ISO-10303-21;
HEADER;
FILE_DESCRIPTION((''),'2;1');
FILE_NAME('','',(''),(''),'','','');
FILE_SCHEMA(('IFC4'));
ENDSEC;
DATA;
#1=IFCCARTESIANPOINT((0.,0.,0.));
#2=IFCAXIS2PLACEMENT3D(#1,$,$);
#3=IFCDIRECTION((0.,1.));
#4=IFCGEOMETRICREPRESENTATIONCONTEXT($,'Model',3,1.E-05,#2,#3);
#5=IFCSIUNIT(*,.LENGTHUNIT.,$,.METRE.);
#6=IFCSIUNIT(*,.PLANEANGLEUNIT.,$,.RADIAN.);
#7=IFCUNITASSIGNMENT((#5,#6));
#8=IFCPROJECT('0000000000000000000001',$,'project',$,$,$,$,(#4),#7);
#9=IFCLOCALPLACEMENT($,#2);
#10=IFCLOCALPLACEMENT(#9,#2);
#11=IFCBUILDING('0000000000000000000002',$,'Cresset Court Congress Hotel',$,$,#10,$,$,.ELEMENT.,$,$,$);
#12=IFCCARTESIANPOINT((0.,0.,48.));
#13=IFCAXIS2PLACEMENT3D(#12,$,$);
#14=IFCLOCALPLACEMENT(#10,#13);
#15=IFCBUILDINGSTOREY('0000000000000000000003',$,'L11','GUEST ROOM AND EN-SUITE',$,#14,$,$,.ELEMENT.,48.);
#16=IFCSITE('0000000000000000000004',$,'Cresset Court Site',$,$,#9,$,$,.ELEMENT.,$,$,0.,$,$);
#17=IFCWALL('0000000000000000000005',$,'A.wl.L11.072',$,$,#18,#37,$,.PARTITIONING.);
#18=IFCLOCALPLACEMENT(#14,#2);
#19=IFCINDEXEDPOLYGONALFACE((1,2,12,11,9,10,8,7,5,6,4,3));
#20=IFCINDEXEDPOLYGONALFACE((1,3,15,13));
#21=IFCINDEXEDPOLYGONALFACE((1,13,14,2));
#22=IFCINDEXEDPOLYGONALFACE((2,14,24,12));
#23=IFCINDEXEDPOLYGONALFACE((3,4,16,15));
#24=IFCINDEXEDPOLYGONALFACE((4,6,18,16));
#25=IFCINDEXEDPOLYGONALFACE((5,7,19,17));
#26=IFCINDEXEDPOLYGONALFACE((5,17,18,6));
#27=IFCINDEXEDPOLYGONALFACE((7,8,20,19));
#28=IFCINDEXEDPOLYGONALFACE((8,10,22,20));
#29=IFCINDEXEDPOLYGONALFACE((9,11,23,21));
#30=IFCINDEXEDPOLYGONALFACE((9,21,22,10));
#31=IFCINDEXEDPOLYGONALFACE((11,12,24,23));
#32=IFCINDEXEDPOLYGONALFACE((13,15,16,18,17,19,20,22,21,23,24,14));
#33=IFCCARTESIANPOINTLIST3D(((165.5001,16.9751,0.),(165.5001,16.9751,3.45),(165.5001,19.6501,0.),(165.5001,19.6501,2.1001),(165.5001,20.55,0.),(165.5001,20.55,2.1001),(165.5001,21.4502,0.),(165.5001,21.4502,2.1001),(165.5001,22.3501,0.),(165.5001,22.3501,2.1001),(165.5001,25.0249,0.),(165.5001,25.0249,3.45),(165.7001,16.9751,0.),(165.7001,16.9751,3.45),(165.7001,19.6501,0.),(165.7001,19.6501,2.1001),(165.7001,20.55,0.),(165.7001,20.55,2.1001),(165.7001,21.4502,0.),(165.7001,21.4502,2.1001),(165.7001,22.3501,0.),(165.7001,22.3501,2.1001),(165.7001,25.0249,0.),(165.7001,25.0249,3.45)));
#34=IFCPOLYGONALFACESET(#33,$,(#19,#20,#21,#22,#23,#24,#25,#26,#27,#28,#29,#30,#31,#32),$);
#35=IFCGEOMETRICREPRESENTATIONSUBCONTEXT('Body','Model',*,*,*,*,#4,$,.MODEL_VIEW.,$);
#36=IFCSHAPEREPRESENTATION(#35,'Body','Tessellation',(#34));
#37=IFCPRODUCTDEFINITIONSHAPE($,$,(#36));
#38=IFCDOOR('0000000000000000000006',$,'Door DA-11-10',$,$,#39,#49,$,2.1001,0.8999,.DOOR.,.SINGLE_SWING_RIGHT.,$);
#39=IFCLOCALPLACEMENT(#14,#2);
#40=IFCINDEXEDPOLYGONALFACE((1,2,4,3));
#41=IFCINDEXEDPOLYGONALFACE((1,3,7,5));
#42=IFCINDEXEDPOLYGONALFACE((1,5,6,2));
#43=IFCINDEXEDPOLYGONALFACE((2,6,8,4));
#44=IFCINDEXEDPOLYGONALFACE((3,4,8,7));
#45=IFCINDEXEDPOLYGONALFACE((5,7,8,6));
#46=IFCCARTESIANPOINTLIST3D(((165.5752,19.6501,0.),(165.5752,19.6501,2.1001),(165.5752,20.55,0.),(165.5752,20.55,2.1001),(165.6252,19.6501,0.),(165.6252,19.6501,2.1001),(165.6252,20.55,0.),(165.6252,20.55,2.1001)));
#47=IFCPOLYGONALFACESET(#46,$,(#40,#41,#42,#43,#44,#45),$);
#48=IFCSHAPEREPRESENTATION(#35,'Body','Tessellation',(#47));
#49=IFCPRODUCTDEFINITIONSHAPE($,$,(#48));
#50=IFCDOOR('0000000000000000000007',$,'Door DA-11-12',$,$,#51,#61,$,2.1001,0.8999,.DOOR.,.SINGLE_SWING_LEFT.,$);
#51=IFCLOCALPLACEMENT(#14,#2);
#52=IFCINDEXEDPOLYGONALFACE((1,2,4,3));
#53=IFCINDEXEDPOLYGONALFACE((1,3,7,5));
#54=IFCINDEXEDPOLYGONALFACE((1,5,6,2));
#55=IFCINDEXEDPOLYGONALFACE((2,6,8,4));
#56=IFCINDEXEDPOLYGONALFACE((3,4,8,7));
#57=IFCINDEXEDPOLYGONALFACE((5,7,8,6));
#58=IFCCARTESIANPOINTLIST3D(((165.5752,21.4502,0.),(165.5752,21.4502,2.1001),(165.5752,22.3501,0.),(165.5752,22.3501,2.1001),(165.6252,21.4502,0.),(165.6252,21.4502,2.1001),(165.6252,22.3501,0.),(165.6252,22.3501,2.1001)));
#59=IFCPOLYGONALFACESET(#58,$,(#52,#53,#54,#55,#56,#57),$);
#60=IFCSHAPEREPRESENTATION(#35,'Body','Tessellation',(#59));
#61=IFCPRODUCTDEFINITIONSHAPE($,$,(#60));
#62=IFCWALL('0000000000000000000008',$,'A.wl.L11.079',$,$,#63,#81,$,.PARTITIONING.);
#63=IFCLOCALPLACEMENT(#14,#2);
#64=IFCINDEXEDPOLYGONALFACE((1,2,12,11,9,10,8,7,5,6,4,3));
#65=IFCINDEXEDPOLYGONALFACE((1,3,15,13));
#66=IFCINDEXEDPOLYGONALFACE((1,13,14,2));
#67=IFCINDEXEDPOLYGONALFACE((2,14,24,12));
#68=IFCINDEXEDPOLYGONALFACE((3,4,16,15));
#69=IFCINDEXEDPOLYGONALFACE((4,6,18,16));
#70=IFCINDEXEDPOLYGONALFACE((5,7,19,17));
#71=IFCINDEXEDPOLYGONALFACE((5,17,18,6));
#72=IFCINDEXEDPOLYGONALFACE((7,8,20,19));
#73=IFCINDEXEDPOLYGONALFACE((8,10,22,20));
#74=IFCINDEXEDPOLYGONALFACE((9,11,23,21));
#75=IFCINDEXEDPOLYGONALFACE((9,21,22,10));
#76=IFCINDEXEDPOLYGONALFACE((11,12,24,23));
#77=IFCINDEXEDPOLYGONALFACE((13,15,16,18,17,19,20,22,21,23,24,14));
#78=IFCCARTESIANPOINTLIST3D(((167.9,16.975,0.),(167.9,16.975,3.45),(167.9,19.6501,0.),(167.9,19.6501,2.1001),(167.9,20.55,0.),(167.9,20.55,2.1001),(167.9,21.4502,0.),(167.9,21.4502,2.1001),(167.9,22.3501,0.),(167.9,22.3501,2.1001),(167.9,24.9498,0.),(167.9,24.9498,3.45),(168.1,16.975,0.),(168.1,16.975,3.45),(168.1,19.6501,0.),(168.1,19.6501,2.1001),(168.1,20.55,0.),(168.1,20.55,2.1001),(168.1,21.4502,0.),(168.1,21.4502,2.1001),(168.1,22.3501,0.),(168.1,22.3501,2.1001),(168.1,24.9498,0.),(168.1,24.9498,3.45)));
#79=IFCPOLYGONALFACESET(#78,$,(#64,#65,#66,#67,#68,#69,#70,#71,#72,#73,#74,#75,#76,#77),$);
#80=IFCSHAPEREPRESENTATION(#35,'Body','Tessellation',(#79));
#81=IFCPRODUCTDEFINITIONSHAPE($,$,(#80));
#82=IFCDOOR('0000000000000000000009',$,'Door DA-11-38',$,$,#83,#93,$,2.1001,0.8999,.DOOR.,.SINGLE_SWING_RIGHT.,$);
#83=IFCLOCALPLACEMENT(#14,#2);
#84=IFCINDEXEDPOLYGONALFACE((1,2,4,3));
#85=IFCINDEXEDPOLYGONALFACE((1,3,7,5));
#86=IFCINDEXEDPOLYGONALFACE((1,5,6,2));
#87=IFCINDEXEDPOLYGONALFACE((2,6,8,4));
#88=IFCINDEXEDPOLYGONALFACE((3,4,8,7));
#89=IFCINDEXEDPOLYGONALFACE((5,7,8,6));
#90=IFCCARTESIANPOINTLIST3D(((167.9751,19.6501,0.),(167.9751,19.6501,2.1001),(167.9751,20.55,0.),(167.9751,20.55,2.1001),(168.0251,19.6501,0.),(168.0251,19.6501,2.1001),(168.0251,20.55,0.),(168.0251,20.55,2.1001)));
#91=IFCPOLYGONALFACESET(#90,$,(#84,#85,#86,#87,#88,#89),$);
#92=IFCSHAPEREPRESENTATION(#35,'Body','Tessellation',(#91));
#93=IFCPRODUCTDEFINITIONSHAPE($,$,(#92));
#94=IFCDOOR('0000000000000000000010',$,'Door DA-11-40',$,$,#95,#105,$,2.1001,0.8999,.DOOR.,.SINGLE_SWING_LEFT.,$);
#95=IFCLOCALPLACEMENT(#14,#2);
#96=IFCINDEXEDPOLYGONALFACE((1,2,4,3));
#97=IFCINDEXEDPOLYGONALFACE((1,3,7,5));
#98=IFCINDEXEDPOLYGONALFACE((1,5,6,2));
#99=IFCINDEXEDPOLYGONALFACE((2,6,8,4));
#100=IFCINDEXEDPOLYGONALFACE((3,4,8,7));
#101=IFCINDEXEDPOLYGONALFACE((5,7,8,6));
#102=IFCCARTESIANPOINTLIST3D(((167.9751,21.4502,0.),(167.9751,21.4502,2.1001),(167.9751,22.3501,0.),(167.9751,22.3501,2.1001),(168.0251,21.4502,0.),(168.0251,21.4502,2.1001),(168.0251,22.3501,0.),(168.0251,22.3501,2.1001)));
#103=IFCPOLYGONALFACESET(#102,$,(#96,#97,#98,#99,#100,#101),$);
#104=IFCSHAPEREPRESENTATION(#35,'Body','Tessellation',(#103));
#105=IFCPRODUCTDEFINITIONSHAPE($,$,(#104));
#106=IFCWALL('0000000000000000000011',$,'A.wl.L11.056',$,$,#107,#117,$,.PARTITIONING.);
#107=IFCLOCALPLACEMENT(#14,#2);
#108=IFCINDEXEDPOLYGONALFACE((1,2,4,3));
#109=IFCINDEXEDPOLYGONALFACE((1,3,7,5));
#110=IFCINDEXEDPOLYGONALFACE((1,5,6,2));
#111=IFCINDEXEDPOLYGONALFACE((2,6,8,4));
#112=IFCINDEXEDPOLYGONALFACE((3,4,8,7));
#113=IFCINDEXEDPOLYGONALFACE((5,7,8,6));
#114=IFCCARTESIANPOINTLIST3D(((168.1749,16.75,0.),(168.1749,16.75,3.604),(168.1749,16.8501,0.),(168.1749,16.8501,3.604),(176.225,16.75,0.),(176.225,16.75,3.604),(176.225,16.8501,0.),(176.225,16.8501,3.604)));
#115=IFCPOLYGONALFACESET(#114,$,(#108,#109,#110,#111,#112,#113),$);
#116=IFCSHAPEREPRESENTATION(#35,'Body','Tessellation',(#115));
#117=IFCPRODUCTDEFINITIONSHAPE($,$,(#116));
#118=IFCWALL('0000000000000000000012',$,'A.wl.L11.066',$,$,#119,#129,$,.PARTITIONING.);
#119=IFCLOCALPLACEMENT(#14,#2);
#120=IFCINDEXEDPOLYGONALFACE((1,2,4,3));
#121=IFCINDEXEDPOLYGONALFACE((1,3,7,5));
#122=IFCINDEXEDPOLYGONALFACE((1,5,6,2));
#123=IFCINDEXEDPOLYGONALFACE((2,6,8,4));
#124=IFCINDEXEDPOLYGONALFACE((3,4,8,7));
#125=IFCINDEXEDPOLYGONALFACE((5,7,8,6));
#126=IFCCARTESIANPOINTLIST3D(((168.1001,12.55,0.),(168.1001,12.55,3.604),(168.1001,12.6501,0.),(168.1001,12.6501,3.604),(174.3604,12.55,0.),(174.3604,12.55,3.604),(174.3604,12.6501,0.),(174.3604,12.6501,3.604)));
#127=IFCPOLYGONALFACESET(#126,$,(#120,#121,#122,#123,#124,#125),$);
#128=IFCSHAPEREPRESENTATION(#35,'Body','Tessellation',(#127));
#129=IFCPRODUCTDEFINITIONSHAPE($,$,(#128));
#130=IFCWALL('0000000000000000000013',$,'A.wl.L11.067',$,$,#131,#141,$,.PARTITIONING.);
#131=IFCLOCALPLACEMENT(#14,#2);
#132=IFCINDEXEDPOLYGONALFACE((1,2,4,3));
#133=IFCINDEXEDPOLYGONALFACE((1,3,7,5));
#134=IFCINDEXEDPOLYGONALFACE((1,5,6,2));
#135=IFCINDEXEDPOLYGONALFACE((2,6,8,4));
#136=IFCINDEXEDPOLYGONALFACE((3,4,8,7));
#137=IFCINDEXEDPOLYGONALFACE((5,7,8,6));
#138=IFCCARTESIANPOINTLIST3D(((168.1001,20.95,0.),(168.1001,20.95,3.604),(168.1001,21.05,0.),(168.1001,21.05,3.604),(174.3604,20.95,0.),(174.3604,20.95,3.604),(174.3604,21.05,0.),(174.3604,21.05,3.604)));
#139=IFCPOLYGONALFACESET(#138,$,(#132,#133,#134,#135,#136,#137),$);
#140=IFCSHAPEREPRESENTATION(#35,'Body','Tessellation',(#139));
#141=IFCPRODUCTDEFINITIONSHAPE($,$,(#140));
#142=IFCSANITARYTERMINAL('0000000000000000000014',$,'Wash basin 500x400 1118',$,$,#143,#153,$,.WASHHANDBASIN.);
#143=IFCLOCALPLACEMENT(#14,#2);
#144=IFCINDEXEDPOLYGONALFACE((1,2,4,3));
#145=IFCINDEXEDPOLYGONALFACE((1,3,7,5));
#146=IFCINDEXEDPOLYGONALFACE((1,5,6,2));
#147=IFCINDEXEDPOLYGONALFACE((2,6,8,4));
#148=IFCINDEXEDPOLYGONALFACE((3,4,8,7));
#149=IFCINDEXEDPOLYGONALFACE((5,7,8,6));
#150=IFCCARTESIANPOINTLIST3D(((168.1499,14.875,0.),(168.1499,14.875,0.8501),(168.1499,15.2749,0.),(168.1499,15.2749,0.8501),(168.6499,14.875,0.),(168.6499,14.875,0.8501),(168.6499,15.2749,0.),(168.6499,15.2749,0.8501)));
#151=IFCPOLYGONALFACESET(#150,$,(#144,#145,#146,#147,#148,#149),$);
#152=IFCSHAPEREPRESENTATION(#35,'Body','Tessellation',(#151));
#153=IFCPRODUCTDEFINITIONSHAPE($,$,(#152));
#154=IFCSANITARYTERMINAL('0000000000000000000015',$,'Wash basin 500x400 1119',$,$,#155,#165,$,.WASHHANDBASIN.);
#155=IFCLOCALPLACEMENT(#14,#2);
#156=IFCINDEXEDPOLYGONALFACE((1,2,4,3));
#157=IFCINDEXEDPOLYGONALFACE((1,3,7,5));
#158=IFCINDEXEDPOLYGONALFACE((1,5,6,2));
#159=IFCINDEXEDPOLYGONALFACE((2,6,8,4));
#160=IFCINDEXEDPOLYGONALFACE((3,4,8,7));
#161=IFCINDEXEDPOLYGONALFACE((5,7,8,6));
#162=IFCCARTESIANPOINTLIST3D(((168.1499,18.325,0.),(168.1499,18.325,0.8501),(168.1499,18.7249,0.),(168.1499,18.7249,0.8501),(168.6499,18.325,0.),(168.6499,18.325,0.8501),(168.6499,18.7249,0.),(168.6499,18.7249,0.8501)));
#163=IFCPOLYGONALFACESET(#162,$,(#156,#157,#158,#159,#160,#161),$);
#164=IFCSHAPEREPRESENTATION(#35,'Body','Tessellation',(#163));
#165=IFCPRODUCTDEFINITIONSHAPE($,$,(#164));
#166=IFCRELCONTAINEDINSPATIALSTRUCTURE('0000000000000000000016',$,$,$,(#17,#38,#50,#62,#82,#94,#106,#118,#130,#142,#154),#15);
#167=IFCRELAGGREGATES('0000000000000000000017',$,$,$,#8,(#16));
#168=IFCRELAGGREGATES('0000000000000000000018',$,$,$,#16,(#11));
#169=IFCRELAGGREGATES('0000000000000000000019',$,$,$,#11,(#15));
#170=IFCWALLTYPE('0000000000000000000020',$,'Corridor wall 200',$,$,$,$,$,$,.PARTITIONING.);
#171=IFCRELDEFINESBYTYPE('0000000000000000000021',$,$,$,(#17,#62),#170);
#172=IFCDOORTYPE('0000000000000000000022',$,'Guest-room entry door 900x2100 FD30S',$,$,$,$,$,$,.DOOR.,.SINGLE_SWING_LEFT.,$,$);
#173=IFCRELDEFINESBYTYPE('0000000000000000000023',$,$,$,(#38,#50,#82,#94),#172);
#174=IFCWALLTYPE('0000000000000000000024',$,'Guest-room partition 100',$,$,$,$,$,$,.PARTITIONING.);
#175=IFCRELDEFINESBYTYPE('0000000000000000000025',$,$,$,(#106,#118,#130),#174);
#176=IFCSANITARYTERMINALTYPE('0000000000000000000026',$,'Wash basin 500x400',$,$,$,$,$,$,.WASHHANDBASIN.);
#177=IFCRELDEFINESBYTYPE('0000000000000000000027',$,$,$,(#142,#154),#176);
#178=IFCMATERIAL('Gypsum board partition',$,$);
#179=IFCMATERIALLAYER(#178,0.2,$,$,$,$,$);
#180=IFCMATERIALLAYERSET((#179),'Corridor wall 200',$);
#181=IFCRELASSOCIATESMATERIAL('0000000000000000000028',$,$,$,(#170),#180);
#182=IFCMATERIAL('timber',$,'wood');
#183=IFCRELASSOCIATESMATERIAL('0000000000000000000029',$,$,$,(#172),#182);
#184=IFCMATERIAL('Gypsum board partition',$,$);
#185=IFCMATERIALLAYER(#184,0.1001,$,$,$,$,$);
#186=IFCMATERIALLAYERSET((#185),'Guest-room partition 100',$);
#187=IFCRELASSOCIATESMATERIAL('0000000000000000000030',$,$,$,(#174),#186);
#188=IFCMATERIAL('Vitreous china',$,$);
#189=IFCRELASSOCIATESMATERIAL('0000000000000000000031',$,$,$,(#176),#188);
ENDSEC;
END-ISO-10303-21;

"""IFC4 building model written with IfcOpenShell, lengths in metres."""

from ifc_helpers import new_model, si_unit, direction, frame, frame_2d, origin, origin_2d, place, context, subcontext, project, spatial, rectangle, extrude, material, layer, layer_set, type_object, element, fill, save


model = new_model("IFC4")

# Units and contexts
model_context = context("Model", 3, precision=1e-05, world=origin(), true_north=direction((0.0, 1.0)))
body_context = subcontext(model_context, "Body", "Model", "MODEL_VIEW")
ifc_project = project(units=[si_unit("LENGTHUNIT", "METRE"), si_unit("PLANEANGLEUNIT", "RADIAN")], contexts=[model_context])

# Site, building, storey
site_placement = place(None, origin())
site = spatial("IfcSite", under=ifc_project, at=site_placement, Name="Cresset Court Site", CompositionType="ELEMENT", RefElevation=0.0)
building_placement = place(site_placement, origin())
building = spatial("IfcBuilding", under=site, at=building_placement, Name="Cresset Court Congress Hotel", CompositionType="ELEMENT")
storey_placement = place(building_placement, frame((0.0, 0.0, 48.0)))
storey = spatial("IfcBuildingStorey", under=building, at=storey_placement, Name="L11", Description="GUEST ROOM AND EN-SUITE", CompositionType="ELEMENT", Elevation=48.0)

# Walls, openings, doors
ifc_material_1 = material(Name="Gypsum board partition")
ifc_layer_1 = layer(ifc_material_1, 0.2)
ifc_layer_set_1 = layer_set([ifc_layer_1], Name="Corridor wall 200")
wall_type_1 = type_object("IfcWallType", Name="Corridor wall 200", PredefinedType="PARTITIONING", material=ifc_layer_set_1)
wall_1_placement = place(storey_placement, frame((165.6001, 16.9751, 0.0), z_axis=(0.0, 0.0, 1.0), x_axis=(0.0, 1.0, 0.0)))
wall_1 = element("IfcWall", 1, at=wall_1_placement, inside=storey, type_object=wall_type_1, Name="A.wl.L11.072", PredefinedType="PARTITIONING", context=body_context, shape_type="SweptSolid", body=[
    extrude(rectangle(XDim=8.0498, YDim=0.2, at=frame_2d((4.0249, 0.0))), origin(), (0.0, 0.0, 1.0), 3.45),
])
opening_1_placement = place(wall_1_placement, frame((2.675, 0.0, 0.0)))
opening_1 = element("IfcOpeningElement", 2, at=opening_1_placement, cuts=wall_1, PredefinedType="OPENING", context=body_context, shape_type="SweptSolid", body=[
    extrude(rectangle(XDim=0.8999, YDim=2.1001, at=frame_2d((0.45, 1.05))), frame((0.0, 0.1099, 0.0), z_axis=(0.0, -1.0, 0.0), x_axis=(1.0, 0.0, 0.0)), (0.0, 0.0, 1.0), 0.22),
])
opening_2_placement = place(wall_1_placement, frame((4.4751, 0.0, 0.0)))
opening_2 = element("IfcOpeningElement", 3, at=opening_2_placement, cuts=wall_1, PredefinedType="OPENING", context=body_context, shape_type="SweptSolid", body=[
    extrude(rectangle(XDim=0.8999, YDim=2.1001, at=frame_2d((0.45, 1.05))), frame((0.0, 0.1099, 0.0), z_axis=(0.0, -1.0, 0.0), x_axis=(1.0, 0.0, 0.0)), (0.0, 0.0, 1.0), 0.22),
])
ifc_material_2 = material(Name="timber", Category="wood")
door_type = type_object("IfcDoorType", Name="Guest-room entry door 900x2100 FD30S", OperationType="SINGLE_SWING_LEFT", PredefinedType="DOOR", material=ifc_material_2)
door_1_placement = place(opening_1_placement, origin())
door_1 = element("IfcDoor", 4, at=door_1_placement, inside=storey, type_object=door_type, Name="Door DA-11-10", OperationType="SINGLE_SWING_RIGHT", OverallHeight=2.1001, OverallWidth=0.8999, PredefinedType="DOOR", context=body_context, shape_type="SweptSolid", body=[
    extrude(rectangle(XDim=0.8999, YDim=2.1001, at=frame_2d((0.45, 1.05))), frame((0.0, 0.0249, 0.0), z_axis=(0.0, -1.0, 0.0), x_axis=(1.0, 0.0, 0.0)), (0.0, 0.0, 1.0), 0.05),
])
fill(opening_1, door_1)
door_2_placement = place(opening_2_placement, origin())
door_2 = element("IfcDoor", 5, at=door_2_placement, inside=storey, type_object=door_type, Name="Door DA-11-12", OperationType="SINGLE_SWING_LEFT", OverallHeight=2.1001, OverallWidth=0.8999, PredefinedType="DOOR", context=body_context, shape_type="SweptSolid", body=[
    extrude(rectangle(XDim=0.8999, YDim=2.1001, at=frame_2d((0.45, 1.05))), frame((0.0, 0.0249, 0.0), z_axis=(0.0, -1.0, 0.0), x_axis=(1.0, 0.0, 0.0)), (0.0, 0.0, 1.0), 0.05),
])
fill(opening_2, door_2)
wall_2_placement = place(storey_placement, frame((168.0, 16.9751, 0.0), z_axis=(0.0, 0.0, 1.0), x_axis=(0.0, 1.0, 0.0)))
wall_2 = element("IfcWall", 6, at=wall_2_placement, inside=storey, type_object=wall_type_1, Name="A.wl.L11.079", PredefinedType="PARTITIONING", context=body_context, shape_type="SweptSolid", body=[
    extrude(rectangle(XDim=7.9749, YDim=0.2, at=frame_2d((3.9873, 0.0))), origin(), (0.0, 0.0, 1.0), 3.45),
])
opening_3_placement = place(wall_2_placement, frame((2.675, 0.0, 0.0)))
opening_3 = element("IfcOpeningElement", 7, at=opening_3_placement, cuts=wall_2, PredefinedType="OPENING", context=body_context, shape_type="SweptSolid", body=[
    extrude(rectangle(XDim=0.8999, YDim=2.1001, at=frame_2d((0.45, 1.05))), frame((0.0, 0.1099, 0.0), z_axis=(0.0, -1.0, 0.0), x_axis=(1.0, 0.0, 0.0)), (0.0, 0.0, 1.0), 0.22),
])
opening_4_placement = place(wall_2_placement, frame((4.4751, 0.0, 0.0)))
opening_4 = element("IfcOpeningElement", 8, at=opening_4_placement, cuts=wall_2, PredefinedType="OPENING", context=body_context, shape_type="SweptSolid", body=[
    extrude(rectangle(XDim=0.8999, YDim=2.1001, at=frame_2d((0.45, 1.05))), frame((0.0, 0.1099, 0.0), z_axis=(0.0, -1.0, 0.0), x_axis=(1.0, 0.0, 0.0)), (0.0, 0.0, 1.0), 0.22),
])
door_3_placement = place(opening_3_placement, origin())
door_3 = element("IfcDoor", 9, at=door_3_placement, inside=storey, type_object=door_type, Name="Door DA-11-38", OperationType="SINGLE_SWING_RIGHT", OverallHeight=2.1001, OverallWidth=0.8999, PredefinedType="DOOR", context=body_context, shape_type="SweptSolid", body=[
    extrude(rectangle(XDim=0.8999, YDim=2.1001, at=frame_2d((0.45, 1.05))), frame((0.0, 0.0249, 0.0), z_axis=(0.0, -1.0, 0.0), x_axis=(1.0, 0.0, 0.0)), (0.0, 0.0, 1.0), 0.05),
])
fill(opening_3, door_3)
door_4_placement = place(opening_4_placement, origin())
door_4 = element("IfcDoor", 10, at=door_4_placement, inside=storey, type_object=door_type, Name="Door DA-11-40", OperationType="SINGLE_SWING_LEFT", OverallHeight=2.1001, OverallWidth=0.8999, PredefinedType="DOOR", context=body_context, shape_type="SweptSolid", body=[
    extrude(rectangle(XDim=0.8999, YDim=2.1001, at=frame_2d((0.45, 1.05))), frame((0.0, 0.0249, 0.0), z_axis=(0.0, -1.0, 0.0), x_axis=(1.0, 0.0, 0.0)), (0.0, 0.0, 1.0), 0.05),
])
fill(opening_4, door_4)

# Walls
ifc_material_3 = material(Name="Gypsum board partition")
ifc_layer_2 = layer(ifc_material_3, 0.1001)
ifc_layer_set_2 = layer_set([ifc_layer_2], Name="Guest-room partition 100")
wall_type_2 = type_object("IfcWallType", Name="Guest-room partition 100", PredefinedType="PARTITIONING", material=ifc_layer_set_2)
wall_3_placement = place(storey_placement, frame((168.175, 16.8, 0.0), z_axis=(0.0, 0.0, 1.0), x_axis=(1.0, 0.0, 0.0)))
element("IfcWall", 11, at=wall_3_placement, inside=storey, type_object=wall_type_2, Name="A.wl.L11.056", PredefinedType="PARTITIONING", context=body_context, shape_type="SweptSolid", body=[
    extrude(rectangle(XDim=8.05, YDim=0.1001, at=frame_2d((4.0249, 0.0))), origin(), (0.0, 0.0, 1.0), 3.604),
])
for number, where, z_axis, x_axis, name in (
    (12, (168.1001, 12.6001, 0.0), (0.0, 0.0, 1.0), (1.0, 0.0, 0.0), "A.wl.L11.066"),
    (13, (168.1001, 21.0, 0.0), (0.0, 0.0, 1.0), (1.0, 0.0, 0.0), "A.wl.L11.067"),
):
    element("IfcWall", number, at=place(storey_placement, frame(where, z_axis=z_axis, x_axis=x_axis)), inside=storey, type_object=wall_type_2, Name=name, PredefinedType="PARTITIONING", context=body_context, shape_type="SweptSolid", body=[
        extrude(rectangle(XDim=6.2603, YDim=0.1001, at=frame_2d((3.1301, 0.0))), origin(), (0.0, 0.0, 1.0), 3.604),
    ])

# Sanitary terminals
ifc_material_4 = material(Name="Vitreous china")
sanitary_terminal_type = type_object("IfcSanitaryTerminalType", Name="Wash basin 500x400", PredefinedType="WASHHANDBASIN", material=ifc_material_4)
for number, where, z_axis, x_axis, name in (
    (14, (168.3999, 15.075, 0.0), (0.0, 0.0, 1.0), (1.0, 0.0, 0.0), "Wash basin 500x400 1118"),
    (15, (168.3999, 18.5249, 0.0), (0.0, 0.0, 1.0), (1.0, 0.0, 0.0), "Wash basin 500x400 1119"),
):
    element("IfcSanitaryTerminal", number, at=place(storey_placement, frame(where, z_axis=z_axis, x_axis=x_axis)), inside=storey, type_object=sanitary_terminal_type, Name=name, PredefinedType="WASHHANDBASIN", context=body_context, shape_type="SweptSolid", body=[
        extrude(rectangle(XDim=0.5, YDim=0.3999, at=origin_2d()), origin(), (0.0, 0.0, 1.0), 0.8501),
    ])

save(model, "model.ifc")
